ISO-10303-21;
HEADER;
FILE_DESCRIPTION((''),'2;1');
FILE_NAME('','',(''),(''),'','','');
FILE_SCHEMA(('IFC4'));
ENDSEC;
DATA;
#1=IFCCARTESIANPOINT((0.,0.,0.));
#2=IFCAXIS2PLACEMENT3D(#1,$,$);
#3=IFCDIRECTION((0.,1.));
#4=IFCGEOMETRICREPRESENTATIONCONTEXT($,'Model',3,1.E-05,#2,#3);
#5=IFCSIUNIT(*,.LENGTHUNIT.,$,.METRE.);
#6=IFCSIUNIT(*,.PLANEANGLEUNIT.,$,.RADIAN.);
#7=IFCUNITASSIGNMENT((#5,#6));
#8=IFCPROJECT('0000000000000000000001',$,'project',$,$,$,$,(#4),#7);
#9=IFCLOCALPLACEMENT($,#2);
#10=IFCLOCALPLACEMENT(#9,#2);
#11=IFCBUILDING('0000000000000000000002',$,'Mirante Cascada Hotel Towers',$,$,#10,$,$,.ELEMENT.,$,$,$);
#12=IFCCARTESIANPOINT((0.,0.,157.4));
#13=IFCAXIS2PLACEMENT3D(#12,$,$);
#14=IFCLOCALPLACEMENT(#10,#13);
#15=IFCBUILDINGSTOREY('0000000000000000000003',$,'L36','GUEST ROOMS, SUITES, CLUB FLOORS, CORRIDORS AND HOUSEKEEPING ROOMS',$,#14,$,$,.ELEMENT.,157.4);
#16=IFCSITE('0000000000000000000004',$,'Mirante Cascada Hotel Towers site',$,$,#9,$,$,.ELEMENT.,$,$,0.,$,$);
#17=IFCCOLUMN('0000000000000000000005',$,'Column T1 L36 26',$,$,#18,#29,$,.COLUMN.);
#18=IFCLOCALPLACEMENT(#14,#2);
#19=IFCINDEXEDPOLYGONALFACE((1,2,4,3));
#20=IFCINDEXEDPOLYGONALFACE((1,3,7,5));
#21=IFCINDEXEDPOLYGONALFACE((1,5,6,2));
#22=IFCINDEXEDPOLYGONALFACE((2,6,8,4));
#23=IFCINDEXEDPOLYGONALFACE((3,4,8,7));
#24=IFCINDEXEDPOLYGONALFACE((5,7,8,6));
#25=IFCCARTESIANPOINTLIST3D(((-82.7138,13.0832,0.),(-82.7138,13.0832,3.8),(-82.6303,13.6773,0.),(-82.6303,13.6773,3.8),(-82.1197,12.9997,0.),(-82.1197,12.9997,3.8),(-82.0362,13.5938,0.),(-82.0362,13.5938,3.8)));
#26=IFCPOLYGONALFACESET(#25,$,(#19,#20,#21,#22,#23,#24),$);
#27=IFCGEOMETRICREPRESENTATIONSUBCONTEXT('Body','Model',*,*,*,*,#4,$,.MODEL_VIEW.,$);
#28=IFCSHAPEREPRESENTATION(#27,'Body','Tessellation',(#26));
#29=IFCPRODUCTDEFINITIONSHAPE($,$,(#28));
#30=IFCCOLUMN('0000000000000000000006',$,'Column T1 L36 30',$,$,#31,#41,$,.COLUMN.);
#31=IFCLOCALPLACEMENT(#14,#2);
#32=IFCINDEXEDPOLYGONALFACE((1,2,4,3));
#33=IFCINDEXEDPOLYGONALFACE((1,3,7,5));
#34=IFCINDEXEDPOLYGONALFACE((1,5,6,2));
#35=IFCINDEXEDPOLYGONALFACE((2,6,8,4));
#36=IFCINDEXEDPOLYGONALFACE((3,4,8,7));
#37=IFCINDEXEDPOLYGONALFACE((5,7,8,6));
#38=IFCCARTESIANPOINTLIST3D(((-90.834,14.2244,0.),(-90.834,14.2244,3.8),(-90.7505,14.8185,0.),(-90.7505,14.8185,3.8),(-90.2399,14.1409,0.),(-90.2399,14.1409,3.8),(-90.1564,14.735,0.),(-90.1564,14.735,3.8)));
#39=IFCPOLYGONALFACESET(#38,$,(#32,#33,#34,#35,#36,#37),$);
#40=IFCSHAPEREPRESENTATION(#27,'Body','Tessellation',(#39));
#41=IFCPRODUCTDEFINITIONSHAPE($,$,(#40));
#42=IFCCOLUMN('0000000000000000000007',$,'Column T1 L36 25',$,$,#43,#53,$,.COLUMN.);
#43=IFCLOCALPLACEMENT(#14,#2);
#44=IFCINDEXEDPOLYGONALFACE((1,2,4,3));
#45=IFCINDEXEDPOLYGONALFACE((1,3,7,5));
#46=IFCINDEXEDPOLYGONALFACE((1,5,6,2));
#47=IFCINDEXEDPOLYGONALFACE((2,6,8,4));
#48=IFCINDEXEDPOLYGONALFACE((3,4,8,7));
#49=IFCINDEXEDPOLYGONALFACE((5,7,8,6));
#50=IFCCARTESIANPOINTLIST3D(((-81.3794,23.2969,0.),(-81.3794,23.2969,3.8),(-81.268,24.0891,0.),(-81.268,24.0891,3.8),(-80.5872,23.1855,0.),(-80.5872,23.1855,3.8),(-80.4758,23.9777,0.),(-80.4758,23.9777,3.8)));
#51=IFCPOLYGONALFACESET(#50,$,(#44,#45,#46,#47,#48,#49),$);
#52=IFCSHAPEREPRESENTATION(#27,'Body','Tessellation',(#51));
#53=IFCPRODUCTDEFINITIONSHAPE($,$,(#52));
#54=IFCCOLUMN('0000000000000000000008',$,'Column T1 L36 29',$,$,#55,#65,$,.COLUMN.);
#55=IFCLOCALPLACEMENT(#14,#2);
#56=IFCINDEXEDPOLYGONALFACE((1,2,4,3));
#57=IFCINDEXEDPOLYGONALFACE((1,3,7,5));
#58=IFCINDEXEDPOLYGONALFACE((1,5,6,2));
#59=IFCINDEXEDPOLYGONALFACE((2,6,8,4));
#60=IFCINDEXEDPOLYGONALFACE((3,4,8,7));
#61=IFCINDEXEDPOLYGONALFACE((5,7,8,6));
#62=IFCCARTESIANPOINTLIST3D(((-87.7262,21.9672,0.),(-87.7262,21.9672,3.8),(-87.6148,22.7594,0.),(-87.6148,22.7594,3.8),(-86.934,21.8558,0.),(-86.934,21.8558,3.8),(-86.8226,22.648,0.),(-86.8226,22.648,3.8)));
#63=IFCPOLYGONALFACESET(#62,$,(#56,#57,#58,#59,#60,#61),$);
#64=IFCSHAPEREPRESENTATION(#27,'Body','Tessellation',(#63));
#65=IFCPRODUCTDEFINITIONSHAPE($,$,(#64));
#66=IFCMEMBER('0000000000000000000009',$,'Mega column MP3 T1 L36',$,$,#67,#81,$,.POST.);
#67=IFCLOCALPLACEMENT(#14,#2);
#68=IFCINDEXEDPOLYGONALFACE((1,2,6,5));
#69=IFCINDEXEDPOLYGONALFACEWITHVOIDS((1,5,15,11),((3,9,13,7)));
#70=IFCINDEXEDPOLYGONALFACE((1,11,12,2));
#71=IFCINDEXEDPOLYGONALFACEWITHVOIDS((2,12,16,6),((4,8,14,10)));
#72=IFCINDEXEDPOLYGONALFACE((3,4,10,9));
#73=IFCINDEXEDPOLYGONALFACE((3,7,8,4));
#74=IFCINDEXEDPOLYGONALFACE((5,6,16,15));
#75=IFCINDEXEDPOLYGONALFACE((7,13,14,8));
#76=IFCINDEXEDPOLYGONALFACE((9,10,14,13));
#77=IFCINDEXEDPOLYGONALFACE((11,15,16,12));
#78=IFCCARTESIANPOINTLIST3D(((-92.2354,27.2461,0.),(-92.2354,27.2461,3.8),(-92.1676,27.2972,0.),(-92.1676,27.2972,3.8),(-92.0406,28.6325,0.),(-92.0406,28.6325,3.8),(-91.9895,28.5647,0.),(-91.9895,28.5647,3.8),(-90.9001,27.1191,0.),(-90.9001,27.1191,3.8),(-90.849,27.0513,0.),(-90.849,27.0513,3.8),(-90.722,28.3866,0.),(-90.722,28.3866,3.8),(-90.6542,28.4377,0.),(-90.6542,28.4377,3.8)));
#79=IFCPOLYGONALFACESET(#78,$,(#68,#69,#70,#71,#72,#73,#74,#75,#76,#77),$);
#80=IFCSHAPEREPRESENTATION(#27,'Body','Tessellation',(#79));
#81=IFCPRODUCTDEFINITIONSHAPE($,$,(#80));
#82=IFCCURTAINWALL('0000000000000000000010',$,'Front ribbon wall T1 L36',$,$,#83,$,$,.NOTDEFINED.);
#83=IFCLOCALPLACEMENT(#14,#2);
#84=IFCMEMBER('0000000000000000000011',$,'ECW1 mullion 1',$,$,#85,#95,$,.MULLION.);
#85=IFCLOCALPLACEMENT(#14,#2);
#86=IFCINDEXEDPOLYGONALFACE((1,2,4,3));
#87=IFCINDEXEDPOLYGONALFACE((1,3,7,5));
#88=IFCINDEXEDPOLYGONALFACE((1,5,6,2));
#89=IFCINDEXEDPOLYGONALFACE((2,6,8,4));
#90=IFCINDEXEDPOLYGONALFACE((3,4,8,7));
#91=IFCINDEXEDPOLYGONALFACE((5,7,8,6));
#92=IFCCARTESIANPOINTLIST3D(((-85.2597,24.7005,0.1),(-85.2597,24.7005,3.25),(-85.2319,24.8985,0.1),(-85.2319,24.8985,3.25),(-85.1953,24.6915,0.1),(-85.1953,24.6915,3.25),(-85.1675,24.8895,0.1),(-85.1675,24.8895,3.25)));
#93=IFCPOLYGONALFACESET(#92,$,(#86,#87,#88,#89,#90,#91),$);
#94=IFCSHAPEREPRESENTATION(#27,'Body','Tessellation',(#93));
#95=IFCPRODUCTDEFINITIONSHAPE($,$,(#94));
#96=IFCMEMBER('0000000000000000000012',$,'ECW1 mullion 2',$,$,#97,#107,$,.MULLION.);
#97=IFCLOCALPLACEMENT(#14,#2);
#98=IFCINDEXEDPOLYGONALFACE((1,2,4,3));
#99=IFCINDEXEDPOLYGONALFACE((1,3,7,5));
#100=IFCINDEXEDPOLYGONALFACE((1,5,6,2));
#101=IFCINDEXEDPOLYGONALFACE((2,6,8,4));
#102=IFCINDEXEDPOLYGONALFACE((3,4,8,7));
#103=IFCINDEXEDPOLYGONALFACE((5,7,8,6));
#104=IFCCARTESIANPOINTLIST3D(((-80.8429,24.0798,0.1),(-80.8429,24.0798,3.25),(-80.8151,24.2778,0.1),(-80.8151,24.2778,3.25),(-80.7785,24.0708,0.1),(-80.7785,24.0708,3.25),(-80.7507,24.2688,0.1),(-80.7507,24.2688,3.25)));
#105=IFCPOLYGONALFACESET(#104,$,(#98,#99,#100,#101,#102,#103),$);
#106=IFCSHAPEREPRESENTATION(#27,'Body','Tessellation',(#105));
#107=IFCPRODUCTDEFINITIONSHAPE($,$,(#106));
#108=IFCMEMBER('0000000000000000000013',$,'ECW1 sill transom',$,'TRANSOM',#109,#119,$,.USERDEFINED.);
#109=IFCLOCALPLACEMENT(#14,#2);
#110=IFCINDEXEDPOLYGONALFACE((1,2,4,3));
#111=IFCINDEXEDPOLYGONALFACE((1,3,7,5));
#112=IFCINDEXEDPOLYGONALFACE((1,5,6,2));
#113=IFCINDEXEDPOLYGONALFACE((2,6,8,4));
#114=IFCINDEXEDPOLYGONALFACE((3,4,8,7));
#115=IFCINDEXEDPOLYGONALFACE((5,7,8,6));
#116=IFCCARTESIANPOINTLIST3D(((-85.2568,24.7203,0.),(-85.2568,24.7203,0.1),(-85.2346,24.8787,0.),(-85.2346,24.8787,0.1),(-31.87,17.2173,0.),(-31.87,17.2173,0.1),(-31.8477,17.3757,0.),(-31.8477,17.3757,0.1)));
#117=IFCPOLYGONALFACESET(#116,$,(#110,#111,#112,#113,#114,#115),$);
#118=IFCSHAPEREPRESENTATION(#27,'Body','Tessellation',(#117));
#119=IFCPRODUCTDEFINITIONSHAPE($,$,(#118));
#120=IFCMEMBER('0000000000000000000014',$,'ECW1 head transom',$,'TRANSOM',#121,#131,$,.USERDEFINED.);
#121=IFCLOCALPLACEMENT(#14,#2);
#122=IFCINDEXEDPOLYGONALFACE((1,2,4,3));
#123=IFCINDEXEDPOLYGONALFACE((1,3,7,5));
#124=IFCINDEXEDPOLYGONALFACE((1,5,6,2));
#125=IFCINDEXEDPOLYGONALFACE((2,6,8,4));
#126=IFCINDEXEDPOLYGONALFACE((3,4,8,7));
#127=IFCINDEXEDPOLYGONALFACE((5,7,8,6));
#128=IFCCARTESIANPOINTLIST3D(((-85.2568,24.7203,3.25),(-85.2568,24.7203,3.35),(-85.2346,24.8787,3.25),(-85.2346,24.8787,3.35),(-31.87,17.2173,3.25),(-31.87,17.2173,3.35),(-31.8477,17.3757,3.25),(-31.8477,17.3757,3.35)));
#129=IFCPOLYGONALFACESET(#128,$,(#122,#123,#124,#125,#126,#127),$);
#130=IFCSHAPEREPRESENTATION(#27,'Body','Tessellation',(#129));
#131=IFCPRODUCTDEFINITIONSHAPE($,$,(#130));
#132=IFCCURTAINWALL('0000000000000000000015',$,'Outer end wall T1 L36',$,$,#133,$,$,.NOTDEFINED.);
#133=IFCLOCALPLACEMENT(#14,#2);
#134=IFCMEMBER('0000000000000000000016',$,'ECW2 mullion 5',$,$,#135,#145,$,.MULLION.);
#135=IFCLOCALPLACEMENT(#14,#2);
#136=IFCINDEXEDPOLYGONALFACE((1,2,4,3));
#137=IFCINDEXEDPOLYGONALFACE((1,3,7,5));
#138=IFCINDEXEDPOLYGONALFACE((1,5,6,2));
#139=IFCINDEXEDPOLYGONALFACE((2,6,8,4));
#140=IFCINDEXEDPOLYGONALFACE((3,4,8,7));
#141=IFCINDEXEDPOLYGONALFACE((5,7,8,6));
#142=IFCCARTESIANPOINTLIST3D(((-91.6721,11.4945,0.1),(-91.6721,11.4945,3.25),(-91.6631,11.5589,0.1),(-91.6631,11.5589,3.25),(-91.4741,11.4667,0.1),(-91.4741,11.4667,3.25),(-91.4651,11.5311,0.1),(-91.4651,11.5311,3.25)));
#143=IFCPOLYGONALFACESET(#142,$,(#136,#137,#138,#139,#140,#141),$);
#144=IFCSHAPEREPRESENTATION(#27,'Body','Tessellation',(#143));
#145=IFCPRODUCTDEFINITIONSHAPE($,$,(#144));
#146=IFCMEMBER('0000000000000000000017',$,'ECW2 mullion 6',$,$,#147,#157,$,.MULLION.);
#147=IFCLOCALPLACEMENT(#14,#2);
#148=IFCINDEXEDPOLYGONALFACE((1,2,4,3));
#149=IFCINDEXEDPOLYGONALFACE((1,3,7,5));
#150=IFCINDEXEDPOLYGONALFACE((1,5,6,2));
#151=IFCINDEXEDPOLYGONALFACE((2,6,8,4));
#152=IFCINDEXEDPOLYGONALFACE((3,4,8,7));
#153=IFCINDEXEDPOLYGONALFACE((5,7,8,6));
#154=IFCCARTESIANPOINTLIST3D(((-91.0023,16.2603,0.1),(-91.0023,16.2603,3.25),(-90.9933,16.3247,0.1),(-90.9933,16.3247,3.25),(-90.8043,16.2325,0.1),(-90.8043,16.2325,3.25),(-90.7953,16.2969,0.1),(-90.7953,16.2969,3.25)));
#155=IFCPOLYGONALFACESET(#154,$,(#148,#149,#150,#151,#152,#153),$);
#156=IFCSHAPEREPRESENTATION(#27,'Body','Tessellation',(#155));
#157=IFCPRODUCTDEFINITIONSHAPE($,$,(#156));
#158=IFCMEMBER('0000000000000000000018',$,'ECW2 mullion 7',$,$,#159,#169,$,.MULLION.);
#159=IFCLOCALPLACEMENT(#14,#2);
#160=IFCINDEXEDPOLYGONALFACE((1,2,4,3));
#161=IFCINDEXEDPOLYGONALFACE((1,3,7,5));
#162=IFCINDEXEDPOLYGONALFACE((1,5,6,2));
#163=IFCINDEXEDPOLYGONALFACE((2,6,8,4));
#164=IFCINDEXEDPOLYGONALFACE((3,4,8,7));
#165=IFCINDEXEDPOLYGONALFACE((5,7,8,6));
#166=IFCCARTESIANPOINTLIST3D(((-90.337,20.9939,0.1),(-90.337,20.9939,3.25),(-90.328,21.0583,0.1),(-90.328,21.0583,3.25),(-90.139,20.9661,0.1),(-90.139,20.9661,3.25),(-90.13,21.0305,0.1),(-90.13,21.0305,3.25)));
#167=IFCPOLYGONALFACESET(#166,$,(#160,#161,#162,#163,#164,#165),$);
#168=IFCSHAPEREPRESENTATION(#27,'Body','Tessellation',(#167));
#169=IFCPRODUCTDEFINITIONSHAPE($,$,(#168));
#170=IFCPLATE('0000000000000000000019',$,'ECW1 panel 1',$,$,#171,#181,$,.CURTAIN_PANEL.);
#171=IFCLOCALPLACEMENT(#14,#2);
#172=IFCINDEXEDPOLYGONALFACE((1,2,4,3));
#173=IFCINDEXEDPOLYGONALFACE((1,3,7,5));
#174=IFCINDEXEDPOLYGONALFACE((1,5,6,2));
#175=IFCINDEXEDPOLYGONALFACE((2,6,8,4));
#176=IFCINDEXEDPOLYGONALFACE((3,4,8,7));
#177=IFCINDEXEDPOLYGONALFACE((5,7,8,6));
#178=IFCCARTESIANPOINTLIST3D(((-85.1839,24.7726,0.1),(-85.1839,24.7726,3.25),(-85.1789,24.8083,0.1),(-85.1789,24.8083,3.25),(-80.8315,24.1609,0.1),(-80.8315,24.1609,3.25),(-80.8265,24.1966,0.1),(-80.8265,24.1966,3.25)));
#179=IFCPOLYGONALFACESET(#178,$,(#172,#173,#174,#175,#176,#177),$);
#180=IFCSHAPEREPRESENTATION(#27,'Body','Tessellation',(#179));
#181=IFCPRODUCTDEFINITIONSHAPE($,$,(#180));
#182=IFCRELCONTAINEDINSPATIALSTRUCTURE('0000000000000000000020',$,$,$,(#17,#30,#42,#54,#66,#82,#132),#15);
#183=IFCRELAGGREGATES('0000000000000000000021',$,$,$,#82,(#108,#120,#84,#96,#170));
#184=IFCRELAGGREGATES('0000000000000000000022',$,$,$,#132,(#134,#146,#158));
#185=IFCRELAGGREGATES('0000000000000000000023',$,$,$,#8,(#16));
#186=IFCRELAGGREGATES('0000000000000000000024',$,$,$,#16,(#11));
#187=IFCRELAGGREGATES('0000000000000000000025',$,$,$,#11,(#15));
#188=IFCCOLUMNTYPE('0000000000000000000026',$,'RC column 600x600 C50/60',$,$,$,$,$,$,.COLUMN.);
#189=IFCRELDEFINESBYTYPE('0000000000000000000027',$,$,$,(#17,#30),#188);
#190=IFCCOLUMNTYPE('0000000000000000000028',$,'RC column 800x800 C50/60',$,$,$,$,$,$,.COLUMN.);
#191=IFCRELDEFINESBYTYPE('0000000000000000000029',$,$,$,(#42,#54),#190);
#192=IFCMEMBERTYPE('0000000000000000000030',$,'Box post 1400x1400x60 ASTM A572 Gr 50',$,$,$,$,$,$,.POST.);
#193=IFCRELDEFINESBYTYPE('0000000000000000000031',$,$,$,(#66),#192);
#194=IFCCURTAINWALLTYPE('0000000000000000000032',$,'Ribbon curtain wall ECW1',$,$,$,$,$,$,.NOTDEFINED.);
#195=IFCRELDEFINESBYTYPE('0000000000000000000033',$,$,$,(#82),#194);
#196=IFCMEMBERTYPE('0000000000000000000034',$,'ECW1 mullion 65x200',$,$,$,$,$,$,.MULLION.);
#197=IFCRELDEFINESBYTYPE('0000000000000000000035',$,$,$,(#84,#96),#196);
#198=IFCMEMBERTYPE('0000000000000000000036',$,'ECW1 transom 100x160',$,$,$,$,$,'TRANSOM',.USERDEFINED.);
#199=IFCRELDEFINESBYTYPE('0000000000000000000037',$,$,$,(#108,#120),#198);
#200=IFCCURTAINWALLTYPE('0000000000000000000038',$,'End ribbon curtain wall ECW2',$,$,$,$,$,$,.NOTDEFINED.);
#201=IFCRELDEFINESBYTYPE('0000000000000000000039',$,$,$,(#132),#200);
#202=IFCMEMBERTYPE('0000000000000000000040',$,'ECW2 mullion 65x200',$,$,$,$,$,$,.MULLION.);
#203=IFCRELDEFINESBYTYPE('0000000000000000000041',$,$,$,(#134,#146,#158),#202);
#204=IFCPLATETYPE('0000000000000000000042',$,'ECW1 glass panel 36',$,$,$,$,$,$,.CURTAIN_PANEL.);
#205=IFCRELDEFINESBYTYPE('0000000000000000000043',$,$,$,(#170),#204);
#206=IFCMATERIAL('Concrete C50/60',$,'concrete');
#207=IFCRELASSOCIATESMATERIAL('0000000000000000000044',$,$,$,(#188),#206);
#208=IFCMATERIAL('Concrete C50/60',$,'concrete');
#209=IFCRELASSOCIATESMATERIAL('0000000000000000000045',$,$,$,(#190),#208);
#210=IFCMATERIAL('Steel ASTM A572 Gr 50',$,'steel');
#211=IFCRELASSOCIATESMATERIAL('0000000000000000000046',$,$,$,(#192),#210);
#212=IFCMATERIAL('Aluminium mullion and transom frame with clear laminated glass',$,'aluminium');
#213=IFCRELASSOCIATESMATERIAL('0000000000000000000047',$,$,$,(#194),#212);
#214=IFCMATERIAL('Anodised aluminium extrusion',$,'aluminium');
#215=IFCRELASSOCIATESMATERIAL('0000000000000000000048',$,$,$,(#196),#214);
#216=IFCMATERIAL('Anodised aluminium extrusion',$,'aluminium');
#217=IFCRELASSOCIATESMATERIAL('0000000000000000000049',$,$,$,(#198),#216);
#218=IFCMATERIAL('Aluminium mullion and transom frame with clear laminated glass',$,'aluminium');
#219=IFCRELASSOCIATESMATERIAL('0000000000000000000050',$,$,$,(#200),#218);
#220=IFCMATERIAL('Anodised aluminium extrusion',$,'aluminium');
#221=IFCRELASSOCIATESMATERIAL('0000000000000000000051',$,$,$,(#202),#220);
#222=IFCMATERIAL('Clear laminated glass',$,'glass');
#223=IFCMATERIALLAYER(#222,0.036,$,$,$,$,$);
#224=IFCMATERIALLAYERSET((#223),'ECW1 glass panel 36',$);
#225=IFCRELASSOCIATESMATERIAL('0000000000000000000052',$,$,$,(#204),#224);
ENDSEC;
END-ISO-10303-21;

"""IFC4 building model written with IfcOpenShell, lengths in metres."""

from ifc_helpers import new_model, si_unit, direction, frame, origin, origin_2d, place, context, subcontext, project, spatial, rectangle, hollow_rectangle, extrude, material, layer, layer_set, material_profile, profile_set, type_object, element, aggregate, save


model = new_model("IFC4")

# Units and contexts
model_context = context("Model", 3, precision=1e-05, world=origin(), true_north=direction((0.0, 1.0)))
body_context = subcontext(model_context, "Body", "Model", "MODEL_VIEW")
ifc_project = project(units=[si_unit("LENGTHUNIT", "METRE"), si_unit("PLANEANGLEUNIT", "RADIAN")], contexts=[model_context])

# Site, building, storey
site_placement = place(None, origin())
site = spatial("IfcSite", under=ifc_project, at=site_placement, Name="Mirante Cascada Hotel Towers site", CompositionType="ELEMENT", RefElevation=0.0)
building_placement = place(site_placement, origin())
building = spatial("IfcBuilding", under=site, at=building_placement, Name="Mirante Cascada Hotel Towers", CompositionType="ELEMENT")
storey_placement = place(building_placement, frame((0.0, 0.0, 157.4)))
storey = spatial("IfcBuildingStorey", under=building, at=storey_placement, Name="L36", Description="GUEST ROOMS, SUITES, CLUB FLOORS, CORRIDORS AND HOUSEKEEPING ROOMS", CompositionType="ELEMENT", Elevation=157.4)

# Columns
ifc_material_1 = material(Name="Concrete C50/60", Category="concrete")
ifc_material_profile_1 = material_profile(ifc_material_1, rectangle(XDim=0.6, YDim=0.6, at=origin_2d()), Name="RC column 600x600 C50/60")
ifc_profile_set_1 = profile_set([ifc_material_profile_1], Name="Concrete C50/60")
column_type_1 = type_object("IfcColumnType", Name="RC column 600x600 C50/60", PredefinedType="COLUMN", material=ifc_profile_set_1)
for number, where, z_axis, x_axis, name in (
    (1, (-82.375, 13.3385, 0.0), (0.0, 0.0, 1.0), (-0.990268, 0.139173, 0.0), "Column T1 L36 26"),
    (2, (-90.4952, 14.4797, 0.0), (0.0, 0.0, 1.0), (-0.990268, 0.139173, 0.0), "Column T1 L36 30"),
):
    element("IfcColumn", number, at=place(storey_placement, frame(where, z_axis=z_axis, x_axis=x_axis)), inside=storey, type_object=column_type_1, Name=name, PredefinedType="COLUMN", context=body_context, shape_type="SweptSolid", body=[
        extrude(rectangle(XDim=0.6, YDim=0.6, at=origin_2d()), origin(), (0.0, 0.0, 1.0), 3.8),
    ])
ifc_material_2 = material(Name="Concrete C50/60", Category="concrete")
ifc_material_profile_2 = material_profile(ifc_material_2, rectangle(XDim=0.8, YDim=0.8, at=origin_2d()), Name="RC column 800x800 C50/60")
ifc_profile_set_2 = profile_set([ifc_material_profile_2], Name="Concrete C50/60")
column_type_2 = type_object("IfcColumnType", Name="RC column 800x800 C50/60", PredefinedType="COLUMN", material=ifc_profile_set_2)
for number, where, z_axis, x_axis, name in (
    (3, (-80.9276, 23.6373, 0.0), (0.0, 0.0, 1.0), (-0.990268, 0.139173, 0.0), "Column T1 L36 25"),
    (4, (-87.2744, 22.3076, 0.0), (0.0, 0.0, 1.0), (-0.990268, 0.139173, 0.0), "Column T1 L36 29"),
):
    element("IfcColumn", number, at=place(storey_placement, frame(where, z_axis=z_axis, x_axis=x_axis)), inside=storey, type_object=column_type_2, Name=name, PredefinedType="COLUMN", context=body_context, shape_type="SweptSolid", body=[
        extrude(rectangle(XDim=0.8, YDim=0.8, at=origin_2d()), origin(), (0.0, 0.0, 1.0), 3.8),
    ])

# Member
ifc_material_3 = material(Name="Steel ASTM A572 Gr 50", Category="steel")
ifc_material_profile_3 = material_profile(ifc_material_3, hollow_rectangle(XDim=1.4, YDim=1.4, WallThickness=0.06, at=origin_2d()), Name="Box post 1400x1400x60 ASTM A572 Gr 50")
ifc_profile_set_3 = profile_set([ifc_material_profile_3], Name="Steel ASTM A572 Gr 50")
member_type_1 = type_object("IfcMemberType", Name="Box post 1400x1400x60 ASTM A572 Gr 50", PredefinedType="POST", material=ifc_profile_set_3)
member_1_placement = place(storey_placement, frame((-91.4448, 27.8419, 0.0), z_axis=(0.0, 0.0, 1.0), x_axis=(-0.990268, 0.139173, 0.0)))
element("IfcMember", 5, at=member_1_placement, inside=storey, type_object=member_type_1, Name="Mega column MP3 T1 L36", PredefinedType="POST", context=body_context, shape_type="SweptSolid", body=[
    extrude(hollow_rectangle(XDim=1.4, YDim=1.4, WallThickness=0.06, at=origin_2d()), origin(), (0.0, 0.0, 1.0), 3.8),
])

# Curtain walls, members
ifc_material_4 = material(Name="Aluminium mullion and transom frame with clear laminated glass", Category="aluminium")
curtain_wall_type_1 = type_object("IfcCurtainWallType", Name="Ribbon curtain wall ECW1", PredefinedType="NOTDEFINED", material=ifc_material_4)
curtain_wall_1_placement = place(storey_placement, origin())
curtain_wall_1 = element("IfcCurtainWall", 6, at=curtain_wall_1_placement, inside=storey, type_object=curtain_wall_type_1, Name="Front ribbon wall T1 L36", PredefinedType="NOTDEFINED")
ifc_material_5 = material(Name="Anodised aluminium extrusion", Category="aluminium")
ifc_material_profile_4 = material_profile(ifc_material_5, rectangle(XDim=0.2, YDim=0.065, at=origin_2d()), Name="ECW1 MULLION 65x200")
ifc_profile_set_4 = profile_set([ifc_material_profile_4], Name="Anodised aluminium extrusion")
member_type_2 = type_object("IfcMemberType", Name="ECW1 mullion 65x200", PredefinedType="MULLION", material=ifc_profile_set_4)
member_2_placement = place(storey_placement, frame((-85.2136, 24.795, 0.1), z_axis=(0.0, 0.0, 1.0), x_axis=(0.139173, 0.990268, 0.0)))
member_2 = element("IfcMember", 7, at=member_2_placement, type_object=member_type_2, Name="ECW1 mullion 1", PredefinedType="MULLION", context=body_context, shape_type="SweptSolid", body=[
    extrude(rectangle(XDim=0.2, YDim=0.065, at=origin_2d()), origin(), (0.0, 0.0, 1.0), 3.15),
])
member_3_placement = place(storey_placement, frame((-80.7968, 24.1743, 0.1), z_axis=(0.0, 0.0, 1.0), x_axis=(0.139173, 0.990268, 0.0)))
member_3 = element("IfcMember", 8, at=member_3_placement, type_object=member_type_2, Name="ECW1 mullion 2", PredefinedType="MULLION", context=body_context, shape_type="SweptSolid", body=[
    extrude(rectangle(XDim=0.2, YDim=0.065, at=origin_2d()), origin(), (0.0, 0.0, 1.0), 3.15),
])
ifc_material_6 = material(Name="Anodised aluminium extrusion", Category="aluminium")
ifc_material_profile_5 = material_profile(ifc_material_6, rectangle(XDim=0.16, YDim=0.1, at=origin_2d()), Name="ECW1 TRANSOM 100x160")
ifc_profile_set_5 = profile_set([ifc_material_profile_5], Name="Anodised aluminium extrusion")
member_type_3 = type_object("IfcMemberType", Name="ECW1 transom 100x160", ElementType="TRANSOM", PredefinedType="USERDEFINED", material=ifc_profile_set_5)
member_4_placement = place(storey_placement, frame((-85.2457, 24.7995, 0.05), z_axis=(0.990268, -0.139173, 0.0), x_axis=(0.139173, 0.990268, 0.0)))
member_4 = element("IfcMember", 9, at=member_4_placement, type_object=member_type_3, Name="ECW1 sill transom", ObjectType="TRANSOM", PredefinedType="USERDEFINED", context=body_context, shape_type="SweptSolid", body=[
    extrude(rectangle(XDim=0.16, YDim=0.1, at=origin_2d()), origin(), (0.0, 0.0, 1.0), 53.9115),
])
member_5_placement = place(storey_placement, frame((-85.2457, 24.7995, 3.3), z_axis=(0.990268, -0.139173, 0.0), x_axis=(0.139173, 0.990268, 0.0)))
member_5 = element("IfcMember", 10, at=member_5_placement, type_object=member_type_3, Name="ECW1 head transom", ObjectType="TRANSOM", PredefinedType="USERDEFINED", context=body_context, shape_type="SweptSolid", body=[
    extrude(rectangle(XDim=0.16, YDim=0.1, at=origin_2d()), origin(), (0.0, 0.0, 1.0), 53.9115),
])
ifc_material_7 = material(Name="Aluminium mullion and transom frame with clear laminated glass", Category="aluminium")
curtain_wall_type_2 = type_object("IfcCurtainWallType", Name="End ribbon curtain wall ECW2", PredefinedType="NOTDEFINED", material=ifc_material_7)
curtain_wall_2_placement = place(storey_placement, origin())
curtain_wall_2 = element("IfcCurtainWall", 11, at=curtain_wall_2_placement, inside=storey, type_object=curtain_wall_type_2, Name="Outer end wall T1 L36", PredefinedType="NOTDEFINED")
ifc_material_8 = material(Name="Anodised aluminium extrusion", Category="aluminium")
ifc_material_profile_6 = material_profile(ifc_material_8, rectangle(XDim=0.2, YDim=0.065, at=origin_2d()), Name="ECW2 MULLION 65x200")
ifc_profile_set_6 = profile_set([ifc_material_profile_6], Name="Anodised aluminium extrusion")
member_type_4 = type_object("IfcMemberType", Name="ECW2 mullion 65x200", PredefinedType="MULLION", material=ifc_profile_set_6)
member_6_placement = place(storey_placement, frame((-91.5686, 11.5128, 0.1), z_axis=(0.0, 0.0, 1.0), x_axis=(-0.990268, 0.139173, 0.0)))
member_6 = element("IfcMember", 12, at=member_6_placement, type_object=member_type_4, Name="ECW2 mullion 5", PredefinedType="MULLION", context=body_context, shape_type="SweptSolid", body=[
    extrude(rectangle(XDim=0.2, YDim=0.065, at=origin_2d()), origin(), (0.0, 0.0, 1.0), 3.15),
])
member_7_placement = place(storey_placement, frame((-90.8988, 16.2786, 0.1), z_axis=(0.0, 0.0, 1.0), x_axis=(-0.990268, 0.139173, 0.0)))
member_7 = element("IfcMember", 13, at=member_7_placement, type_object=member_type_4, Name="ECW2 mullion 6", PredefinedType="MULLION", context=body_context, shape_type="SweptSolid", body=[
    extrude(rectangle(XDim=0.2, YDim=0.065, at=origin_2d()), origin(), (0.0, 0.0, 1.0), 3.15),
])
member_8_placement = place(storey_placement, frame((-90.2335, 21.0122, 0.1), z_axis=(0.0, 0.0, 1.0), x_axis=(-0.990268, 0.139173, 0.0)))
member_8 = element("IfcMember", 14, at=member_8_placement, type_object=member_type_4, Name="ECW2 mullion 7", PredefinedType="MULLION", context=body_context, shape_type="SweptSolid", body=[
    extrude(rectangle(XDim=0.2, YDim=0.065, at=origin_2d()), origin(), (0.0, 0.0, 1.0), 3.15),
])

# Plate
ifc_material_9 = material(Name="Clear laminated glass", Category="glass")
ifc_layer_1 = layer(ifc_material_9, 0.036)
ifc_layer_set_1 = layer_set([ifc_layer_1], Name="ECW1 glass panel 36")
plate_type_1 = type_object("IfcPlateType", Name="ECW1 glass panel 36", PredefinedType="CURTAIN_PANEL", material=ifc_layer_set_1)
plate_1_placement = place(storey_placement, frame((-83.0052, 24.4846, 0.1), z_axis=(0.0, 0.0, 1.0), x_axis=(0.990268, -0.139173, 0.0)))
plate_1 = element("IfcPlate", 15, at=plate_1_placement, type_object=plate_type_1, Name="ECW1 panel 1", PredefinedType="CURTAIN_PANEL", context=body_context, shape_type="SweptSolid", body=[
    extrude(rectangle(XDim=4.3951, YDim=0.036, at=origin_2d()), origin(), (0.0, 0.0, 1.0), 3.15),
])
aggregate(curtain_wall_1, [member_4, member_5, member_2, member_3, plate_1])
aggregate(curtain_wall_2, [member_6, member_7, member_8])

save(model, "model.ifc")
